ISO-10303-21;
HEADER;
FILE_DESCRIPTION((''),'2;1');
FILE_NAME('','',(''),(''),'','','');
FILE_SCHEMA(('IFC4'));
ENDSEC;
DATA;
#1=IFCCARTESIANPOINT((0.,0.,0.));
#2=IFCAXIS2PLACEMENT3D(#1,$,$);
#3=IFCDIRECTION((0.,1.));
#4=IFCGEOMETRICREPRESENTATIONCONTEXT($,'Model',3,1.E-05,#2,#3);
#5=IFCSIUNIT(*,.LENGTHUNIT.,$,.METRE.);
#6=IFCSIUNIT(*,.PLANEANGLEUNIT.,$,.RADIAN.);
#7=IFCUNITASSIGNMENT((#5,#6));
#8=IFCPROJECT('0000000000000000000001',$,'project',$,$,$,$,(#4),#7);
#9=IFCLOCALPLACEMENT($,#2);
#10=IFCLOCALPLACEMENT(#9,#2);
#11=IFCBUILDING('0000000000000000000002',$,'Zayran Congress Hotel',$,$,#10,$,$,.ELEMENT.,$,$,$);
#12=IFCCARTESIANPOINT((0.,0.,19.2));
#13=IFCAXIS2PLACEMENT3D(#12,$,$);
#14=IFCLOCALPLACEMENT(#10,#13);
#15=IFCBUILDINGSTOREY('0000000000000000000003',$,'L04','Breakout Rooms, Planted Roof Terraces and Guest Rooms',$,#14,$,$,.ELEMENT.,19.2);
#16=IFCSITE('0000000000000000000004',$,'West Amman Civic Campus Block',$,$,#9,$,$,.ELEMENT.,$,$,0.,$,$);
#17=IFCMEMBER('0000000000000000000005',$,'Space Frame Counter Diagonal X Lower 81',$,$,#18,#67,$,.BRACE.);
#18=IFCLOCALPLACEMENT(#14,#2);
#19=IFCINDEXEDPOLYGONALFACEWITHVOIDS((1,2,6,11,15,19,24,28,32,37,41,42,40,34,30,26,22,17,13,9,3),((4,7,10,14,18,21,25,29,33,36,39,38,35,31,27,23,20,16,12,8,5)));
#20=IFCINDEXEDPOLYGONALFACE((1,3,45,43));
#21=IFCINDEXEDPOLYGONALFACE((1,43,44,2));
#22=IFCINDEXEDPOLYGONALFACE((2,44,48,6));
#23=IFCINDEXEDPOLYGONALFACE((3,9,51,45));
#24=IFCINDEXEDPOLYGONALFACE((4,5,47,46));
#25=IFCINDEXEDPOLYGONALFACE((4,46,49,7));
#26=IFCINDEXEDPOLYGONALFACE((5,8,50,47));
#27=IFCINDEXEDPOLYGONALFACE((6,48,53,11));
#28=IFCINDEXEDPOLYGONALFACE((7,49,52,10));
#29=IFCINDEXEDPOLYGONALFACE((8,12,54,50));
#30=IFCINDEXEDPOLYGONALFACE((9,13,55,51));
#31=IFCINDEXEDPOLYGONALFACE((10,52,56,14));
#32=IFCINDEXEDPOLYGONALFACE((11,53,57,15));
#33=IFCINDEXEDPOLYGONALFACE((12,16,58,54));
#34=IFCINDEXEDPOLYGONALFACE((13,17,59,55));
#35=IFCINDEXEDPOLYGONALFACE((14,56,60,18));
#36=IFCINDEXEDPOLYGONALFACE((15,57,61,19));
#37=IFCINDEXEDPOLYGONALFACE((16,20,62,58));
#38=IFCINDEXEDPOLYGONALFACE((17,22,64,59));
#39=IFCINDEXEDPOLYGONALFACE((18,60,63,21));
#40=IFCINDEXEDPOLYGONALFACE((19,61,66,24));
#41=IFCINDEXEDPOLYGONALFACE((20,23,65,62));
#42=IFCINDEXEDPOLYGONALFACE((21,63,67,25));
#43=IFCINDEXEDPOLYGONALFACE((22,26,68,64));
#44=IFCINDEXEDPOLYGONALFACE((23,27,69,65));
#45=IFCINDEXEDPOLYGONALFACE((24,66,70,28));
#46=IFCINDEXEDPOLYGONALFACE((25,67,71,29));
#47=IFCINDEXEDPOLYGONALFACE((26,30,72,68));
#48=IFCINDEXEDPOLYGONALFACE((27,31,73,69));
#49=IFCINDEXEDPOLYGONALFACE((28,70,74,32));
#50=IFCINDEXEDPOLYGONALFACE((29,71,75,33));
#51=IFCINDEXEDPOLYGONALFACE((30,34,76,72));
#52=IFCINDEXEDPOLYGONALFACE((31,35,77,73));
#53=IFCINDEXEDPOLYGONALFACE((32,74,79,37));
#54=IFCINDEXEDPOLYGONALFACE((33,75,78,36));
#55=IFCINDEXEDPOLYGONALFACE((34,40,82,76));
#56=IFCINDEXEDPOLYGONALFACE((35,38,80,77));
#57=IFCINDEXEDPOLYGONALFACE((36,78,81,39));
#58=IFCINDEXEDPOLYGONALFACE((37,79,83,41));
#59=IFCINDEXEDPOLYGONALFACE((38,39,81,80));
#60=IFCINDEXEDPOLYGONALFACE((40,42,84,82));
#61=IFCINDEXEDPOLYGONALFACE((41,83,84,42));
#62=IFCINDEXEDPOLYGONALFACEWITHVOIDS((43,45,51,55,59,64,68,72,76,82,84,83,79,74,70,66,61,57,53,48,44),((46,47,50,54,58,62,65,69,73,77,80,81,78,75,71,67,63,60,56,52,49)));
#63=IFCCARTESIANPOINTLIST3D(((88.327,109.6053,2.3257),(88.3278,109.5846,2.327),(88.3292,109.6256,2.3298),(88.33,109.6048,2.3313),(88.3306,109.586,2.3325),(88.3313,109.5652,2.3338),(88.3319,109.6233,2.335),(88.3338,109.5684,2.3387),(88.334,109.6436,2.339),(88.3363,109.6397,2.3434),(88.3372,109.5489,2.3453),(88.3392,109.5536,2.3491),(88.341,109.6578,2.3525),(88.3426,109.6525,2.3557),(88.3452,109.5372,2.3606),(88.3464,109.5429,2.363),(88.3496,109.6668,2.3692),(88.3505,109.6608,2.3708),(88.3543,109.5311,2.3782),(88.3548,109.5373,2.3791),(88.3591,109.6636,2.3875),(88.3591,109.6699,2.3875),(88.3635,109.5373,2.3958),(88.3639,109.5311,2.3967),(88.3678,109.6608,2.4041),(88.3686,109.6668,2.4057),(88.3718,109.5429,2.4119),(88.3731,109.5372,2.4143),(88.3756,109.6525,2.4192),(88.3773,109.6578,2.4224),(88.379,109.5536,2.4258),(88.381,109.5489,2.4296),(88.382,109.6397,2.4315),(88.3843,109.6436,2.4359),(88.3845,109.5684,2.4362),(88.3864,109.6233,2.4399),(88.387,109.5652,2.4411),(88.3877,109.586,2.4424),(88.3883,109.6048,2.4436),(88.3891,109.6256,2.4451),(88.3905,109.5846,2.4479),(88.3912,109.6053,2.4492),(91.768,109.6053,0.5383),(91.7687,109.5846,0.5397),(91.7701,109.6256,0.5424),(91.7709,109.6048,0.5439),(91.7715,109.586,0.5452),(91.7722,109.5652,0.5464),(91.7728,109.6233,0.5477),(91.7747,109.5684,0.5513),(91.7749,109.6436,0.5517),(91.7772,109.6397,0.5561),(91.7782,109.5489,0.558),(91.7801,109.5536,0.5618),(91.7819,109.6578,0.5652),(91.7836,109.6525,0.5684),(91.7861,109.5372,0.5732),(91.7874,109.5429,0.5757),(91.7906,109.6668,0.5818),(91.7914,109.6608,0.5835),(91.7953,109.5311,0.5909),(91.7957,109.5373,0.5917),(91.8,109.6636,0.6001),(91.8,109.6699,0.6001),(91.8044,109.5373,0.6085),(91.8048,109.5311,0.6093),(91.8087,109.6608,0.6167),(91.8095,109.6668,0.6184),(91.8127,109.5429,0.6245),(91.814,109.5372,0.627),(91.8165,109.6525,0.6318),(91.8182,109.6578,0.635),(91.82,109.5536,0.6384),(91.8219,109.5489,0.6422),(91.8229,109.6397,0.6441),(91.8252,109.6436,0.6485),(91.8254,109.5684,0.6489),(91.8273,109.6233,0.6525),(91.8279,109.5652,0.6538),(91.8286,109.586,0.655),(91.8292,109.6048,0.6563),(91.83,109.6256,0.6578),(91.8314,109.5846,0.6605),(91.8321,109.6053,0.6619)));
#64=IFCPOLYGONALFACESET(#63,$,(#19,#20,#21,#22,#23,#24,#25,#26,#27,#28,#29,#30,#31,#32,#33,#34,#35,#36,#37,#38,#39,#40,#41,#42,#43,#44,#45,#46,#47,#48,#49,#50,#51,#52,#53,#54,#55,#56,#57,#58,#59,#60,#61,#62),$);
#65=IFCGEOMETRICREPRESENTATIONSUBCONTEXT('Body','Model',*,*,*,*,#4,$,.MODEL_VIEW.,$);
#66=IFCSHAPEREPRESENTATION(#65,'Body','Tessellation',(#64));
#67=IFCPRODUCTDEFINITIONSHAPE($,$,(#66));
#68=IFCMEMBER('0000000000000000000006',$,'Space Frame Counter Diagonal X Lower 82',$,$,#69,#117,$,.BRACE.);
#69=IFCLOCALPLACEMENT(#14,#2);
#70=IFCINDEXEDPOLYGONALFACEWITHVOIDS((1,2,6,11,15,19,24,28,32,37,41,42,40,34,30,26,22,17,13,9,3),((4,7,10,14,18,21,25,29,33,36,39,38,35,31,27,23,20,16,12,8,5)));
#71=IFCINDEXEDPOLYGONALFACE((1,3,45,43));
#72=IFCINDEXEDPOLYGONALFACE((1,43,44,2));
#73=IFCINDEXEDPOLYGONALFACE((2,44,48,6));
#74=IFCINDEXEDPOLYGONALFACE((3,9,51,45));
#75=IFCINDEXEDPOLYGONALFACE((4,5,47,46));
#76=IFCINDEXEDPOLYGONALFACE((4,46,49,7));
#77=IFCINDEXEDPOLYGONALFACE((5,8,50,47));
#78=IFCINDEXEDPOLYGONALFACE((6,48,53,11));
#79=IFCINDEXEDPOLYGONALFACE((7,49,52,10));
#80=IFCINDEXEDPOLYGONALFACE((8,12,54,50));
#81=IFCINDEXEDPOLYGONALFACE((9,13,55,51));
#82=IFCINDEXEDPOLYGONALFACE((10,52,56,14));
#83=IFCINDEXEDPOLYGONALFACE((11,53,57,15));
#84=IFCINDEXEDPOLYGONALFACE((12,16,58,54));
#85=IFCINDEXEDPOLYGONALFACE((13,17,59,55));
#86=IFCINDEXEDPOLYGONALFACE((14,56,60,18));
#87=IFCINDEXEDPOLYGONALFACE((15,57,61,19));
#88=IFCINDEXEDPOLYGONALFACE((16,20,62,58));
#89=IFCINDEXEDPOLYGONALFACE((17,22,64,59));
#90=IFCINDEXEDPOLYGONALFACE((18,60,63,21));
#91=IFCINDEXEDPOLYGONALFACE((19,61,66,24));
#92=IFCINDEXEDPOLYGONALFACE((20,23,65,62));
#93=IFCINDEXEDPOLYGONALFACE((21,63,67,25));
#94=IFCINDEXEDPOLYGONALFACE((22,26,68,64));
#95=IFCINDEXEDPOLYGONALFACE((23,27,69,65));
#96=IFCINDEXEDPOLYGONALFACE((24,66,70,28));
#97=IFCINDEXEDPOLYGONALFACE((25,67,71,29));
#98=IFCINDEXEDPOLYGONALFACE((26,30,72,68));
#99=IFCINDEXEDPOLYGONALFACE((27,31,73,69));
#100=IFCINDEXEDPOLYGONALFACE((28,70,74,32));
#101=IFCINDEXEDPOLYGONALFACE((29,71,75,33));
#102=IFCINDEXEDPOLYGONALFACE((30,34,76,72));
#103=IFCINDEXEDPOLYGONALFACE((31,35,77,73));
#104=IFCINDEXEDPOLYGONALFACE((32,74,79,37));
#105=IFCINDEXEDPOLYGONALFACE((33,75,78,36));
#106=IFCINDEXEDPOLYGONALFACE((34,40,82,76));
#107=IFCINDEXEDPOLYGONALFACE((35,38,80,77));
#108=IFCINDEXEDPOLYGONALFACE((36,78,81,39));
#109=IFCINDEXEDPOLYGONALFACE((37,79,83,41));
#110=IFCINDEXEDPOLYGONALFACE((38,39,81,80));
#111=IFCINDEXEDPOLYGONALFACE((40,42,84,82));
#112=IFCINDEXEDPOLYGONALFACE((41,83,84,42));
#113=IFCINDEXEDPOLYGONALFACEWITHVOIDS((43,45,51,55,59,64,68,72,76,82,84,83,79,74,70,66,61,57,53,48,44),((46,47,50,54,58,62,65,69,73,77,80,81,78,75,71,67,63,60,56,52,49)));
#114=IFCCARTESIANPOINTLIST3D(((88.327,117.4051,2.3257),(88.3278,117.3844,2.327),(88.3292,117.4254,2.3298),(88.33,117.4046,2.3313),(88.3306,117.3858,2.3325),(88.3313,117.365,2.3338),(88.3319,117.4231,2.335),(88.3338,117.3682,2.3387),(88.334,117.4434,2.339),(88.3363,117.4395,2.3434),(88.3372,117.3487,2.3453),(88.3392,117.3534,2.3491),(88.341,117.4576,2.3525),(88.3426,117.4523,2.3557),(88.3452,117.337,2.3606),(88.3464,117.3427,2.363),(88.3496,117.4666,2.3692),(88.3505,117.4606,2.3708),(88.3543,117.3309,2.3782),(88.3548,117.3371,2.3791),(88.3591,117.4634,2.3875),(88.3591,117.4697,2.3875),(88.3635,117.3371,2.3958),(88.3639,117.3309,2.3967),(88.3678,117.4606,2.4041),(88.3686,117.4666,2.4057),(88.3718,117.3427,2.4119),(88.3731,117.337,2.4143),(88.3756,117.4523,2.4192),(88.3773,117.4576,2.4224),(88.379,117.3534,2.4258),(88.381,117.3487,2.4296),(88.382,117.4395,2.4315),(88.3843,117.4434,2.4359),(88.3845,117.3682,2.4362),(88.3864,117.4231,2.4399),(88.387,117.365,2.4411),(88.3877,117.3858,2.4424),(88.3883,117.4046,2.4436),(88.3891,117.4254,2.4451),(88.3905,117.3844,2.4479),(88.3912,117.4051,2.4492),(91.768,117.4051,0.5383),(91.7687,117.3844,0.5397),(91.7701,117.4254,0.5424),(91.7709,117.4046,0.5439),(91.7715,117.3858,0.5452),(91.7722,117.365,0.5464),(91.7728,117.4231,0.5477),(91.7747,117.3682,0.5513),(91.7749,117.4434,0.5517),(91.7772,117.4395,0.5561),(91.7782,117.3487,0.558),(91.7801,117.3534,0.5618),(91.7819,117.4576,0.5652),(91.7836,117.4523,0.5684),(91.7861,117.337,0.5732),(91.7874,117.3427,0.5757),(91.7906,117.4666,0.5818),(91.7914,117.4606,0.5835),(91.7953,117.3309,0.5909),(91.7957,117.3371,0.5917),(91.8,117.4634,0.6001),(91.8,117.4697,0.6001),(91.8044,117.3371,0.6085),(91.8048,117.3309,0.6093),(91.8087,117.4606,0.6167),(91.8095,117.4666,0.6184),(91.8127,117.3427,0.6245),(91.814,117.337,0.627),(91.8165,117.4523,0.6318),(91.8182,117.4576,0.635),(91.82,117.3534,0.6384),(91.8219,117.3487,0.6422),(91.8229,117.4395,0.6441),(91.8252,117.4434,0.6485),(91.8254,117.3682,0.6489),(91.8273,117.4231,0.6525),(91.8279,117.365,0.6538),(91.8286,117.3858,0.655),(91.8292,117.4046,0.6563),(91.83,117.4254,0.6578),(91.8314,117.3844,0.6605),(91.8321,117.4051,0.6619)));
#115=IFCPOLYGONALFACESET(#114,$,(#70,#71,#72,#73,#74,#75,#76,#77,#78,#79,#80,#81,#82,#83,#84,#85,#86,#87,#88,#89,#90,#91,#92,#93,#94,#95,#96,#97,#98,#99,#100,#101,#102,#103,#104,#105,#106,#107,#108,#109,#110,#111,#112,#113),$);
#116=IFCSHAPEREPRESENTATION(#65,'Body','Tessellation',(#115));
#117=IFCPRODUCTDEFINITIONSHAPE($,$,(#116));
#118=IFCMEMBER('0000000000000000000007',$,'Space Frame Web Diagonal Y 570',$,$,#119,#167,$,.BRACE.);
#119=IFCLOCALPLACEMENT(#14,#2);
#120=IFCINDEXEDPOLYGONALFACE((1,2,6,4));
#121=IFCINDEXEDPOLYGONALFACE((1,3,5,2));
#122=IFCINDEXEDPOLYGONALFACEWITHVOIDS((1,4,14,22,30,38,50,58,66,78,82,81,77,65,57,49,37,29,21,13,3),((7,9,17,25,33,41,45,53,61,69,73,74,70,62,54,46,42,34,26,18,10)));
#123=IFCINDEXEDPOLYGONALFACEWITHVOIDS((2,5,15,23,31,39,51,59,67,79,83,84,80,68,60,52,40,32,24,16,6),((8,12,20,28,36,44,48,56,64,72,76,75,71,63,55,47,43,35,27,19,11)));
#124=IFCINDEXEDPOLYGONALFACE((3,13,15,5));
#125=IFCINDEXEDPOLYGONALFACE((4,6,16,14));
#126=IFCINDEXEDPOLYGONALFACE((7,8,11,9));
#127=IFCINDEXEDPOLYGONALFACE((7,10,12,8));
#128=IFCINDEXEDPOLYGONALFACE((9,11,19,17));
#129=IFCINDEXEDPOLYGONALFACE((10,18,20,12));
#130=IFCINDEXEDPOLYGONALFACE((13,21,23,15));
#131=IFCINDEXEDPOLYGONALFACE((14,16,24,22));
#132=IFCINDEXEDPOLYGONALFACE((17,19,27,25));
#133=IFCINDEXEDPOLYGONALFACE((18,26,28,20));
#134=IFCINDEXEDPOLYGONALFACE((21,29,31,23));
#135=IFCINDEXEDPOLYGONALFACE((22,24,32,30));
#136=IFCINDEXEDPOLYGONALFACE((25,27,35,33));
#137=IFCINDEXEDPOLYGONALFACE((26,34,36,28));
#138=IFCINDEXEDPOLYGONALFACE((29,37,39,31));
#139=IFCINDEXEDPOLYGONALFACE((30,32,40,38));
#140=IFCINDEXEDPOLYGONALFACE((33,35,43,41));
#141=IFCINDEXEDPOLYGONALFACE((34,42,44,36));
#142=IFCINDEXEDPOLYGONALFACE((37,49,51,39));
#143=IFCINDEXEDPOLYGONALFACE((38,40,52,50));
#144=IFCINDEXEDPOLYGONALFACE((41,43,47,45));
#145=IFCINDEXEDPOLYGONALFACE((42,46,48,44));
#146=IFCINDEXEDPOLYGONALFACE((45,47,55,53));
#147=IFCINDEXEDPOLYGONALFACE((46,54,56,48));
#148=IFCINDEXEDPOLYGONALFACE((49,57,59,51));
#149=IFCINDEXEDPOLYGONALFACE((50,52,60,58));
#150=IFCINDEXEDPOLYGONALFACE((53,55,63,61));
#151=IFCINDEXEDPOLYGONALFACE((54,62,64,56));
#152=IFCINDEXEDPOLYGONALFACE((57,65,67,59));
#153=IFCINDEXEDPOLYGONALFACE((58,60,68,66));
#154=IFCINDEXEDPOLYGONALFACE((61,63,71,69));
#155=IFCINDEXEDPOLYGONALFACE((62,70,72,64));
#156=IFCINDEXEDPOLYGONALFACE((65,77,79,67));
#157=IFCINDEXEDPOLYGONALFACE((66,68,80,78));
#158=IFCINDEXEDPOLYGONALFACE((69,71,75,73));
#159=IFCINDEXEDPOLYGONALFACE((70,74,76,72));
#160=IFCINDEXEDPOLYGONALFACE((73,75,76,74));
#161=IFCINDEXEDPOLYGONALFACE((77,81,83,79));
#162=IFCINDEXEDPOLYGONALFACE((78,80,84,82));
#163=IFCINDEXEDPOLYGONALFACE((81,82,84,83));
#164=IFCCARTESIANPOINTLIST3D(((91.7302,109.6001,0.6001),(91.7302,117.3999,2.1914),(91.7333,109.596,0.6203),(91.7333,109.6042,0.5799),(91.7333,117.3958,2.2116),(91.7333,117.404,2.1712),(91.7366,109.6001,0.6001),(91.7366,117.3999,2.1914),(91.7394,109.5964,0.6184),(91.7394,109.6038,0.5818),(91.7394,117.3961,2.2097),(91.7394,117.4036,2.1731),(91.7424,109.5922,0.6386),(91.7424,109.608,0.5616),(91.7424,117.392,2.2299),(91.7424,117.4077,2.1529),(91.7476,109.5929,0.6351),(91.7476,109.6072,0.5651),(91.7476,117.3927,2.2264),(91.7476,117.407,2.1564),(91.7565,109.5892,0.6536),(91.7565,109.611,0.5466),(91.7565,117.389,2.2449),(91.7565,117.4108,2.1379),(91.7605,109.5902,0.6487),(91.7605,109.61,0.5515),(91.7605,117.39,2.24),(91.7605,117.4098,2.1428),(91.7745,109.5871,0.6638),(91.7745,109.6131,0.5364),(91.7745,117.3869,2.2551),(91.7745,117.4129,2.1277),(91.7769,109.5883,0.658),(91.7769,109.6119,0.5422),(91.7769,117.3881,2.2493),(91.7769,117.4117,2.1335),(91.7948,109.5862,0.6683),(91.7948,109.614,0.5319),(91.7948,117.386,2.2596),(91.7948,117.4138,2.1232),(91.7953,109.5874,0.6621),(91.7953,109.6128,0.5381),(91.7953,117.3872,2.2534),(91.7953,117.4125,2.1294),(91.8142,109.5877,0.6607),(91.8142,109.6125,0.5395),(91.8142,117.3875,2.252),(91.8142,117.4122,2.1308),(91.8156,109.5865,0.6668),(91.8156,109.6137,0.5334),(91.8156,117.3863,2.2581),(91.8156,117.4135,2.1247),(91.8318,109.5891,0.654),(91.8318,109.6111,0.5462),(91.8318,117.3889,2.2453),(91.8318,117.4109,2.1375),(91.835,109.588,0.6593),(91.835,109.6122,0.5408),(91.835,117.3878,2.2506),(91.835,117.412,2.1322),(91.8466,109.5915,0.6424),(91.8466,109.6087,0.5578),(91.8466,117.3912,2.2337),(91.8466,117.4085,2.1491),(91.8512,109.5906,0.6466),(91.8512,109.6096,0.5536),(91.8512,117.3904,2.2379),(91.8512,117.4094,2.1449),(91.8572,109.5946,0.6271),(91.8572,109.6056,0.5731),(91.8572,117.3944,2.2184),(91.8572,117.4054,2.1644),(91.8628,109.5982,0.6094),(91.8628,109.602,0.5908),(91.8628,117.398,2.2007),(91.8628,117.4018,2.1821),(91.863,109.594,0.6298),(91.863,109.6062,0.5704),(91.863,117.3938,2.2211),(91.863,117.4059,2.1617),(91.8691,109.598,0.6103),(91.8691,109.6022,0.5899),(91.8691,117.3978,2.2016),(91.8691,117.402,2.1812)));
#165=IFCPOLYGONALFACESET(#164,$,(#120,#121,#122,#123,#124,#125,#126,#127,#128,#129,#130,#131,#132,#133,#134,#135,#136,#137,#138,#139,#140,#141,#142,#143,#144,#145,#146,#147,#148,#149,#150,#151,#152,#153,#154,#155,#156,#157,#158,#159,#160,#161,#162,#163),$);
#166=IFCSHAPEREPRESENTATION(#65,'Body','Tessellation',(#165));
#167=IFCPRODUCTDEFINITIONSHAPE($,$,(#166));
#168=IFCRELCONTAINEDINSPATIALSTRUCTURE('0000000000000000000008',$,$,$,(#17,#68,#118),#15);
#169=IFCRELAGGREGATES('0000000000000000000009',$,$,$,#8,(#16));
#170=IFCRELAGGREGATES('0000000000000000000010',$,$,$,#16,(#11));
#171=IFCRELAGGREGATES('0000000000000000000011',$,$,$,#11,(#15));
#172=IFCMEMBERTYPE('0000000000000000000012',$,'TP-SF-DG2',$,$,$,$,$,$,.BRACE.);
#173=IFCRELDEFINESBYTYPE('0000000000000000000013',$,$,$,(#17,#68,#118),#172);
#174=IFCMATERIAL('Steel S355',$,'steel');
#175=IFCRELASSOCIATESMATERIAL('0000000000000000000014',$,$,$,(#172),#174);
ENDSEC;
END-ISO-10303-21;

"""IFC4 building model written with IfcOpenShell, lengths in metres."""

from ifc_helpers import new_model, si_unit, direction, frame, origin, origin_2d, place, context, subcontext, project, spatial, hollow_circle, extrude, material, material_profile, profile_set, type_object, element, save


model = new_model("IFC4")

# Units and contexts
model_context = context("Model", 3, precision=1e-05, world=origin(), true_north=direction((0.0, 1.0)))
body_context = subcontext(model_context, "Body", "Model", "MODEL_VIEW")
ifc_project = project(units=[si_unit("LENGTHUNIT", "METRE"), si_unit("PLANEANGLEUNIT", "RADIAN")], contexts=[model_context])

# Site, building, storey
site_placement = place(None, origin())
site = spatial("IfcSite", under=ifc_project, at=site_placement, Name="West Amman Civic Campus Block", CompositionType="ELEMENT", RefElevation=0.0)
building_placement = place(site_placement, origin())
building = spatial("IfcBuilding", under=site, at=building_placement, Name="Zayran Congress Hotel", CompositionType="ELEMENT")
storey_placement = place(building_placement, frame((0.0, 0.0, 19.2)))
storey = spatial("IfcBuildingStorey", under=building, at=storey_placement, Name="L04", Description="Breakout Rooms, Planted Roof Terraces and Guest Rooms", CompositionType="ELEMENT", Elevation=19.2)

# Shared definitions
ifc_material_1 = material(Name="Steel S355", Category="steel")

# Members
ifc_material_profile_1 = material_profile(ifc_material_1, hollow_circle(Radius=0.0698, WallThickness=0.0063, at=origin_2d()), Name="CHS 139.7x6.3")
ifc_profile_set_1 = profile_set([ifc_material_profile_1], Name="Steel S355")
member_type_1 = type_object("IfcMemberType", Name="TP-SF-DG2", PredefinedType="BRACE", material=ifc_profile_set_1)
for number, where, z_axis, x_axis, name in (
    (1, (88.3591, 109.6001, 2.3875), (0.88742, 0.0, -0.460962), (0.0, 1.0, 0.0), "Space Frame Counter Diagonal X Lower 81"),
    (2, (88.3591, 117.3999, 2.3875), (0.88742, 0.0, -0.460962), (0.0, 1.0, 0.0), "Space Frame Counter Diagonal X Lower 82"),
):
    element("IfcMember", number, at=place(storey_placement, frame(where, z_axis=z_axis, x_axis=x_axis)), inside=storey, type_object=member_type_1, Name=name, PredefinedType="BRACE", context=body_context, shape_type="SweptSolid", body=[
        extrude(hollow_circle(Radius=0.0698, WallThickness=0.0063, at=origin_2d()), origin(), (0.0, 0.0, 1.0), 3.8774),
    ])
member_1_placement = place(storey_placement, frame((91.8, 109.6001, 0.6001), z_axis=(0.0, 0.979816, 0.199901), x_axis=(-1.0, 0.0, 0.0)))
element("IfcMember", 3, at=member_1_placement, inside=storey, type_object=member_type_1, Name="Space Frame Web Diagonal Y 570", PredefinedType="BRACE", context=body_context, shape_type="SweptSolid", body=[
    extrude(hollow_circle(Radius=0.0698, WallThickness=0.0063, at=origin_2d()), origin(), (0.0, 0.0, 1.0), 7.9604),
])

save(model, "model.ifc")
